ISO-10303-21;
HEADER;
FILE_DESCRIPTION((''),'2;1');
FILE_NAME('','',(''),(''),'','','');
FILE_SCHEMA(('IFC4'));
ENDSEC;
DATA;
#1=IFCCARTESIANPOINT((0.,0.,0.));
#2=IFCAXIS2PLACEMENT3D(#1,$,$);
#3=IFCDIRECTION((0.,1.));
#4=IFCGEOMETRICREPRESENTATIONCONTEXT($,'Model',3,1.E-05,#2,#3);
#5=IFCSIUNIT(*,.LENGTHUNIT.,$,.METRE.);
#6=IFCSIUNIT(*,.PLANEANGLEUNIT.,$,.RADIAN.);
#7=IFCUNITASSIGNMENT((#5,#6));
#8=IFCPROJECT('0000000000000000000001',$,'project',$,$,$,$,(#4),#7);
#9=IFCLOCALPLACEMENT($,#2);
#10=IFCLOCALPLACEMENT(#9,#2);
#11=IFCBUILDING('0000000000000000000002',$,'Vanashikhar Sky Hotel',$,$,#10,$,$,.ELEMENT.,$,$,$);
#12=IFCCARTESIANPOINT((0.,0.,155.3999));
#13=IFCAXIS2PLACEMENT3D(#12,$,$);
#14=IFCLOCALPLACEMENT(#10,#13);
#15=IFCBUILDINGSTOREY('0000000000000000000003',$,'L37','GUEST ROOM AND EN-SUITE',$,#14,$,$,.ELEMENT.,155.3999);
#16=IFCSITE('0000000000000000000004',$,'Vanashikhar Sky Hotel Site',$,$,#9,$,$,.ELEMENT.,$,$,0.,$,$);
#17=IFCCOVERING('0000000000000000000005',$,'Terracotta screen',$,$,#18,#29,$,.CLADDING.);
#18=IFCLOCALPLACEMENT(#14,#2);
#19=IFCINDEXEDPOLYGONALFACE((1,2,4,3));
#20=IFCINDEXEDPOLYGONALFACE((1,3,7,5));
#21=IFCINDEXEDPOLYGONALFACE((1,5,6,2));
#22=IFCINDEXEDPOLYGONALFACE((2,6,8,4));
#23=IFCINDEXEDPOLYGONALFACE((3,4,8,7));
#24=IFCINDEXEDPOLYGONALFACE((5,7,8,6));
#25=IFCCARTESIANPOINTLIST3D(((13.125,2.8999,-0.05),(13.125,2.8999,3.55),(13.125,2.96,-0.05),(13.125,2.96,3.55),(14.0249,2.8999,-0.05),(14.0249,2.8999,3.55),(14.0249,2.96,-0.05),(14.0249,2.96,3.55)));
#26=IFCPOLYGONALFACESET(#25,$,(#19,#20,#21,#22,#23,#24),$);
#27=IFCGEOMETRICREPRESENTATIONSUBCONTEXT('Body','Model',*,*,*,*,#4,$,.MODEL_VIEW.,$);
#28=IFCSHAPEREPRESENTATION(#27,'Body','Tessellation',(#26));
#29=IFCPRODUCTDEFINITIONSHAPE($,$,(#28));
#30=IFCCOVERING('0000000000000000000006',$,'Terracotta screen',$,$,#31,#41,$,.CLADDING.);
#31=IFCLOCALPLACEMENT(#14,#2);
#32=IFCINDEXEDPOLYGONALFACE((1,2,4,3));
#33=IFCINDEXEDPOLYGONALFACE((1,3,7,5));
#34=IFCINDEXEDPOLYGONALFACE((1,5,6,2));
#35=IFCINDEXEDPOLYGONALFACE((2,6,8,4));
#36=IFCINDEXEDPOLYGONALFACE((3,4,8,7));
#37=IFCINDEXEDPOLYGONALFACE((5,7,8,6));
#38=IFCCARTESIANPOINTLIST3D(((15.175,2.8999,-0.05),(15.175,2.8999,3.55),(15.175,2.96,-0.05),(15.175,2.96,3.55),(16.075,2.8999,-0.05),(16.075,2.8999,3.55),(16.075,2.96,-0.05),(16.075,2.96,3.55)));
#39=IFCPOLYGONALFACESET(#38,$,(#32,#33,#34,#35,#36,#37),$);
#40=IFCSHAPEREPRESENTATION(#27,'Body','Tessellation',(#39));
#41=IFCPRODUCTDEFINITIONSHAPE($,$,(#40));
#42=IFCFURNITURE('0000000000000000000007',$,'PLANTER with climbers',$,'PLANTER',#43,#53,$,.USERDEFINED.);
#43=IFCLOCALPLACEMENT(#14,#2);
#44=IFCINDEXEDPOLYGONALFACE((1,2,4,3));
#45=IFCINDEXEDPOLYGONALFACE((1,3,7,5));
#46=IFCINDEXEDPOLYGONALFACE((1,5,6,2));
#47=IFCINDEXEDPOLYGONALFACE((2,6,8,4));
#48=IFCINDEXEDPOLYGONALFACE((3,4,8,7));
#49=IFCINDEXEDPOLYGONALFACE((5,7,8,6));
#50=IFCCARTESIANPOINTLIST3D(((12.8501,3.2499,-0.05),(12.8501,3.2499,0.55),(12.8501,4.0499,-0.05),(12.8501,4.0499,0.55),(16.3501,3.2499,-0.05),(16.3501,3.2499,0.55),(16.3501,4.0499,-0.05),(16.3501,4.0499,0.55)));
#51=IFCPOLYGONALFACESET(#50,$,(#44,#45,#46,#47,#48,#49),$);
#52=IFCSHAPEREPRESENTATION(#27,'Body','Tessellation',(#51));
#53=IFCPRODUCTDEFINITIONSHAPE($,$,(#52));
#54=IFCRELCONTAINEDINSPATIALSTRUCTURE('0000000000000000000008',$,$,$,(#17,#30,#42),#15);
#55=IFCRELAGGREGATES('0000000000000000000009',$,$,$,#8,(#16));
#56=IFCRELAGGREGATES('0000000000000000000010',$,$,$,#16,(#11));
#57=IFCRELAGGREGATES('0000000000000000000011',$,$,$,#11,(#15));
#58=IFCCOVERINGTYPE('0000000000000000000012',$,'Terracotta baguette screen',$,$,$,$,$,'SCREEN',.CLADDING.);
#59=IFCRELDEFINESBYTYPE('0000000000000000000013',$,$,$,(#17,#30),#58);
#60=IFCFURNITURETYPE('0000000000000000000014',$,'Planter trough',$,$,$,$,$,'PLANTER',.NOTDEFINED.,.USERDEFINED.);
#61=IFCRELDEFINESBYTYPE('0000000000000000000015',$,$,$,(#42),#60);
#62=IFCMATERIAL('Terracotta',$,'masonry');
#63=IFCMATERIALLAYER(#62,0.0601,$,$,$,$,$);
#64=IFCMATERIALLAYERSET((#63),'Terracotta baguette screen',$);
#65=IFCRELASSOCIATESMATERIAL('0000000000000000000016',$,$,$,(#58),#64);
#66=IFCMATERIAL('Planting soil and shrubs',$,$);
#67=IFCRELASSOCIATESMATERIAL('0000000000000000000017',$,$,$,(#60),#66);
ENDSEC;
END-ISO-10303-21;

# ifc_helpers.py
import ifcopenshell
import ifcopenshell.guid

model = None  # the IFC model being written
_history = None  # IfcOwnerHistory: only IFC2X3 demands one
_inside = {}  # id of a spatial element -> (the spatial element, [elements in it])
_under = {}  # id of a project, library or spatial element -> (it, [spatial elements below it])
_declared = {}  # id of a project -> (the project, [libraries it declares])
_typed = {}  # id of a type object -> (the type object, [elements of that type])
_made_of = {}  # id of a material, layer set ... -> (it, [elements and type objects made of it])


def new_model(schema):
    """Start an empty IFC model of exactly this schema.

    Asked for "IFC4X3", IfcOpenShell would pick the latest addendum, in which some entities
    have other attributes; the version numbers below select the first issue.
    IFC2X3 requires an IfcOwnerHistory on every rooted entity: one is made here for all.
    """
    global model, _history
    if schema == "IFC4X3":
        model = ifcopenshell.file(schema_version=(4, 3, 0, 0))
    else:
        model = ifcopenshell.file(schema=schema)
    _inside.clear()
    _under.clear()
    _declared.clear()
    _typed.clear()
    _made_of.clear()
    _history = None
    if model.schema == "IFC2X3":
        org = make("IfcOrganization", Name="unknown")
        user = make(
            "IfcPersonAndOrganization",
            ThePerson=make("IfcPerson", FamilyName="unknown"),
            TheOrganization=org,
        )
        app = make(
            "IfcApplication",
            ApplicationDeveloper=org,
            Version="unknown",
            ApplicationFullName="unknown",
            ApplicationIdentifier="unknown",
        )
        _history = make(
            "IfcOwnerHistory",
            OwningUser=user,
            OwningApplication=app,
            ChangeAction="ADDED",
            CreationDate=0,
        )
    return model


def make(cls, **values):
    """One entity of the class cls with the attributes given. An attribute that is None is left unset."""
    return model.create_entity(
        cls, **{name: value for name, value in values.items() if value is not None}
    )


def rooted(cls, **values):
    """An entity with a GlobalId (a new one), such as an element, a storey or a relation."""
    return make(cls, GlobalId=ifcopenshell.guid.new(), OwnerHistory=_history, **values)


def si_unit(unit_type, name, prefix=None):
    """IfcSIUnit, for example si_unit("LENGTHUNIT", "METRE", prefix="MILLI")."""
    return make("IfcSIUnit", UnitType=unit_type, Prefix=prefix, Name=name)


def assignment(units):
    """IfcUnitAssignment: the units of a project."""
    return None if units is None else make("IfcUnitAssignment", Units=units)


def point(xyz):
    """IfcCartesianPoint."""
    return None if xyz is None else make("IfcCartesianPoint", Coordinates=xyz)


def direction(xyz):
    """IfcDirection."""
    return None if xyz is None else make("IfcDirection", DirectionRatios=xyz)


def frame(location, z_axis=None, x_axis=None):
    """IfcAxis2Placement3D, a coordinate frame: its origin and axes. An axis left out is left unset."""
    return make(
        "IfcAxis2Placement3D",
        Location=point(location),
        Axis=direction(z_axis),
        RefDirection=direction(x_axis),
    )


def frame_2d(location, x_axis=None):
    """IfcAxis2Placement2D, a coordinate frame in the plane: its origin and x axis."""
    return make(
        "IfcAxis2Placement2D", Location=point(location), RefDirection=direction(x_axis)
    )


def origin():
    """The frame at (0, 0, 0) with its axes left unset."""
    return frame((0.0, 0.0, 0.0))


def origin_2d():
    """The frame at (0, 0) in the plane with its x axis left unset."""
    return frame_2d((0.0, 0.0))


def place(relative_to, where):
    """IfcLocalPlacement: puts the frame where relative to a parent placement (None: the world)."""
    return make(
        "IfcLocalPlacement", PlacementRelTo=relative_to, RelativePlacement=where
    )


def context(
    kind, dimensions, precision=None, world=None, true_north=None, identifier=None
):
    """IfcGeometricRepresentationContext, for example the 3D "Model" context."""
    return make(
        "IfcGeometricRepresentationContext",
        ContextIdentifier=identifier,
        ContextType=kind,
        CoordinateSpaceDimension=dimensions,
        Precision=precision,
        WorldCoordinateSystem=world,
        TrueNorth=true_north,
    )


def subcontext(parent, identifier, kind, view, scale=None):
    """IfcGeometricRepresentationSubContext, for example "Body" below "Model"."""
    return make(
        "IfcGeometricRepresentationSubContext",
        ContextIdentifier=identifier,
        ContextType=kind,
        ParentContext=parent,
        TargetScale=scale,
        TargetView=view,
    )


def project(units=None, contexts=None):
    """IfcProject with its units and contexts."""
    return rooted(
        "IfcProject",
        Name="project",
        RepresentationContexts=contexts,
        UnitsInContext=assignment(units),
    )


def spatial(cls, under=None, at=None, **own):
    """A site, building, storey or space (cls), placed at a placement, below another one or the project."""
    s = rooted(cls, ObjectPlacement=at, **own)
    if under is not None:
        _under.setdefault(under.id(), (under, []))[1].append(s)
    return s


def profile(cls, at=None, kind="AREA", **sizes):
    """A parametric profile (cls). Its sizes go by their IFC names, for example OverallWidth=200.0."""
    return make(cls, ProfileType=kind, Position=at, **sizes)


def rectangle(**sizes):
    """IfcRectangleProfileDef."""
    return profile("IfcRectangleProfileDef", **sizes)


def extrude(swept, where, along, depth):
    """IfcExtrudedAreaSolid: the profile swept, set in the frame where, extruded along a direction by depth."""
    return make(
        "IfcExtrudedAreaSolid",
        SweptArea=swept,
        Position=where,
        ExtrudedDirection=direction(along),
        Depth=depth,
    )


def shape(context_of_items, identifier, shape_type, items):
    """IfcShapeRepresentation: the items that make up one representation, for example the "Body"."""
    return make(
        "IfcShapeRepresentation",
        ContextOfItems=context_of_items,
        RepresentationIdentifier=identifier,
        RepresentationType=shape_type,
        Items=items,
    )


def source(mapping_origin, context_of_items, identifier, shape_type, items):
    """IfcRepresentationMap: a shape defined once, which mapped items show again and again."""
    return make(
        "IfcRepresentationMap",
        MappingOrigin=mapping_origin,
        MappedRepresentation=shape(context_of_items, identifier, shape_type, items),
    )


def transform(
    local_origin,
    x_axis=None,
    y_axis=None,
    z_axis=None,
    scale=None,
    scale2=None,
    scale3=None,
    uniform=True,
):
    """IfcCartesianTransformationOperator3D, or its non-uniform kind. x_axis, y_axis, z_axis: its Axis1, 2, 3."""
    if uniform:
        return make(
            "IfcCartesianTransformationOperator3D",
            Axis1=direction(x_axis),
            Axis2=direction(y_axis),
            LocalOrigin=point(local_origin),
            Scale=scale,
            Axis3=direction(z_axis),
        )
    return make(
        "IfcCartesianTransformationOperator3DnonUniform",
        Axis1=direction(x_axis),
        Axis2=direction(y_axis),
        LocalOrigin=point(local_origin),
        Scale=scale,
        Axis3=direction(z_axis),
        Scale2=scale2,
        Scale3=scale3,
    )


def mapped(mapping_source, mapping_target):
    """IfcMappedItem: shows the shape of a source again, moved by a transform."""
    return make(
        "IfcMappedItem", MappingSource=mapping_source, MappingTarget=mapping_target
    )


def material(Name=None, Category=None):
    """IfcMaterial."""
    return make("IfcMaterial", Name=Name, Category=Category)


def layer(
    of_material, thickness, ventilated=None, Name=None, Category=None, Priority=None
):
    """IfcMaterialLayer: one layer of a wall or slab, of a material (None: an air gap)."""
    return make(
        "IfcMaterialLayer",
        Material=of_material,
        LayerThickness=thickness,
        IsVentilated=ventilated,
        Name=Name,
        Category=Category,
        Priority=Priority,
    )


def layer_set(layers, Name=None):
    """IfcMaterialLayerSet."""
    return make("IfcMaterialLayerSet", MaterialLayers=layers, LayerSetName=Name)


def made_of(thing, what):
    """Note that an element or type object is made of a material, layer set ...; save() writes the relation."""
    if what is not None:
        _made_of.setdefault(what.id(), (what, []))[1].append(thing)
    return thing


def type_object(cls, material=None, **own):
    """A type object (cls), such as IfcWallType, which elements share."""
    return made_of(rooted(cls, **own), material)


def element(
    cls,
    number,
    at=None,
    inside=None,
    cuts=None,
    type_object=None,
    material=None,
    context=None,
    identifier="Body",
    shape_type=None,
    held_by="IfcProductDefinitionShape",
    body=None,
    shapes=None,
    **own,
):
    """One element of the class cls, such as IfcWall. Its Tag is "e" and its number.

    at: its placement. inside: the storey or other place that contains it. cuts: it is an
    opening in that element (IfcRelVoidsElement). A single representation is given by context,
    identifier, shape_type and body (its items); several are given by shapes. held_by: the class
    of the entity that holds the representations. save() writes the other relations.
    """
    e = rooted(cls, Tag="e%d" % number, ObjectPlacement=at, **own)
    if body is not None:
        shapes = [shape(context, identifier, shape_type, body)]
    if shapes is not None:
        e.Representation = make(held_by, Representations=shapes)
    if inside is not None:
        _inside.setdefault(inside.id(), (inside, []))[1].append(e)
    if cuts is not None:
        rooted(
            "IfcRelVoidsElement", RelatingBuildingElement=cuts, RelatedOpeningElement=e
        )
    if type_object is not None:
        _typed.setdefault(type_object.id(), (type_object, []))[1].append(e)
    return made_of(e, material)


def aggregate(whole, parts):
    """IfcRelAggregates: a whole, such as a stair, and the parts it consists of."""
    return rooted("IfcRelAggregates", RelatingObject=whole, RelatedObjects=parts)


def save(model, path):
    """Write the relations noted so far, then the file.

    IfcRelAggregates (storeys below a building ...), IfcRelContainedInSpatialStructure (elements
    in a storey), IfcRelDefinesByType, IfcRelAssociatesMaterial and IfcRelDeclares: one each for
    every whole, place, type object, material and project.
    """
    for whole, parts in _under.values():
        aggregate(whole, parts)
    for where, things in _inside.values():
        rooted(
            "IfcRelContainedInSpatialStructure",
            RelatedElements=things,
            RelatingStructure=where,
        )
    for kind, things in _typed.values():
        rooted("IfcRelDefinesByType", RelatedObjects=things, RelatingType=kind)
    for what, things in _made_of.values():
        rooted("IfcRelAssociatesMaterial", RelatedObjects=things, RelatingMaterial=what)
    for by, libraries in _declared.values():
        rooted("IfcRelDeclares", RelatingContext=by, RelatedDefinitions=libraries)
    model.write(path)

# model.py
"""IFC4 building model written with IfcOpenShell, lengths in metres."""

from ifc_helpers import new_model, si_unit, direction, frame, origin, origin_2d, place, context, subcontext, project, spatial, rectangle, extrude, source, transform, mapped, material, layer, layer_set, type_object, element, save


model = new_model("IFC4")

# Units and contexts
model_context = context("Model", 3, precision=1e-05, world=origin(), true_north=direction((0.0, 1.0)))
body_context = subcontext(model_context, "Body", "Model", "MODEL_VIEW")
ifc_project = project(units=[si_unit("LENGTHUNIT", "METRE"), si_unit("PLANEANGLEUNIT", "RADIAN")], contexts=[model_context])

# Site, building, storey
site_placement = place(None, origin())
site = spatial("IfcSite", under=ifc_project, at=site_placement, Name="Vanashikhar Sky Hotel Site", CompositionType="ELEMENT", RefElevation=0.0)
building_placement = place(site_placement, origin())
building = spatial("IfcBuilding", under=site, at=building_placement, Name="Vanashikhar Sky Hotel", CompositionType="ELEMENT")
storey_placement = place(building_placement, frame((0.0, 0.0, 155.3999)))
storey = spatial("IfcBuildingStorey", under=building, at=storey_placement, Name="L37", Description="GUEST ROOM AND EN-SUITE", CompositionType="ELEMENT", Elevation=155.3999)

# Coverings
ifc_material_1 = material(Name="Terracotta", Category="masonry")
ifc_layer_1 = layer(ifc_material_1, 0.0601)
ifc_layer_set_1 = layer_set([ifc_layer_1], Name="Terracotta baguette screen")
covering_type = type_object("IfcCoveringType", Name="Terracotta baguette screen", ElementType="SCREEN", PredefinedType="CLADDING", material=ifc_layer_set_1)
shared_shape_1 = source(origin(), body_context, "Body", "SweptSolid", [
    extrude(rectangle(XDim=0.8999, YDim=0.0601, at=origin_2d()), origin(), (0.0, 0.0, 1.0), 3.6001),
])
for number, where, z_axis, x_axis, name in (
    (1, (13.575, 2.9299, -0.05), (0.0, 0.0, 1.0), (1.0, 0.0, 0.0), "Terracotta screen"),
    (2, (15.625, 2.9299, -0.05), (0.0, 0.0, 1.0), (1.0, 0.0, 0.0), "Terracotta screen"),
):
    element("IfcCovering", number, at=place(storey_placement, frame(where, z_axis=z_axis, x_axis=x_axis)), inside=storey, type_object=covering_type, Name=name, PredefinedType="CLADDING", context=body_context, shape_type="MappedRepresentation", body=[
        mapped(shared_shape_1, transform((0.0, 0.0, 0.0), scale=1.0)),
    ])

# Furniture
ifc_material_2 = material(Name="Planting soil and shrubs")
furniture_type = type_object("IfcFurnitureType", Name="Planter trough", ElementType="PLANTER", AssemblyPlace="NOTDEFINED", PredefinedType="USERDEFINED", material=ifc_material_2)
shared_shape_2 = source(origin(), body_context, "Body", "SweptSolid", [
    extrude(rectangle(XDim=3.5, YDim=0.8, at=origin_2d()), origin(), (0.0, 0.0, 1.0), 0.6001),
])
furniture_placement = place(storey_placement, frame((14.6001, 3.6499, -0.05), z_axis=(0.0, 0.0, 1.0), x_axis=(1.0, 0.0, 0.0)))
element("IfcFurniture", 3, at=furniture_placement, inside=storey, type_object=furniture_type, Name="PLANTER with climbers", ObjectType="PLANTER", PredefinedType="USERDEFINED", context=body_context, shape_type="MappedRepresentation", body=[
    mapped(shared_shape_2, transform((0.0, 0.0, 0.0), scale=1.0)),
])

save(model, "model.ifc")
